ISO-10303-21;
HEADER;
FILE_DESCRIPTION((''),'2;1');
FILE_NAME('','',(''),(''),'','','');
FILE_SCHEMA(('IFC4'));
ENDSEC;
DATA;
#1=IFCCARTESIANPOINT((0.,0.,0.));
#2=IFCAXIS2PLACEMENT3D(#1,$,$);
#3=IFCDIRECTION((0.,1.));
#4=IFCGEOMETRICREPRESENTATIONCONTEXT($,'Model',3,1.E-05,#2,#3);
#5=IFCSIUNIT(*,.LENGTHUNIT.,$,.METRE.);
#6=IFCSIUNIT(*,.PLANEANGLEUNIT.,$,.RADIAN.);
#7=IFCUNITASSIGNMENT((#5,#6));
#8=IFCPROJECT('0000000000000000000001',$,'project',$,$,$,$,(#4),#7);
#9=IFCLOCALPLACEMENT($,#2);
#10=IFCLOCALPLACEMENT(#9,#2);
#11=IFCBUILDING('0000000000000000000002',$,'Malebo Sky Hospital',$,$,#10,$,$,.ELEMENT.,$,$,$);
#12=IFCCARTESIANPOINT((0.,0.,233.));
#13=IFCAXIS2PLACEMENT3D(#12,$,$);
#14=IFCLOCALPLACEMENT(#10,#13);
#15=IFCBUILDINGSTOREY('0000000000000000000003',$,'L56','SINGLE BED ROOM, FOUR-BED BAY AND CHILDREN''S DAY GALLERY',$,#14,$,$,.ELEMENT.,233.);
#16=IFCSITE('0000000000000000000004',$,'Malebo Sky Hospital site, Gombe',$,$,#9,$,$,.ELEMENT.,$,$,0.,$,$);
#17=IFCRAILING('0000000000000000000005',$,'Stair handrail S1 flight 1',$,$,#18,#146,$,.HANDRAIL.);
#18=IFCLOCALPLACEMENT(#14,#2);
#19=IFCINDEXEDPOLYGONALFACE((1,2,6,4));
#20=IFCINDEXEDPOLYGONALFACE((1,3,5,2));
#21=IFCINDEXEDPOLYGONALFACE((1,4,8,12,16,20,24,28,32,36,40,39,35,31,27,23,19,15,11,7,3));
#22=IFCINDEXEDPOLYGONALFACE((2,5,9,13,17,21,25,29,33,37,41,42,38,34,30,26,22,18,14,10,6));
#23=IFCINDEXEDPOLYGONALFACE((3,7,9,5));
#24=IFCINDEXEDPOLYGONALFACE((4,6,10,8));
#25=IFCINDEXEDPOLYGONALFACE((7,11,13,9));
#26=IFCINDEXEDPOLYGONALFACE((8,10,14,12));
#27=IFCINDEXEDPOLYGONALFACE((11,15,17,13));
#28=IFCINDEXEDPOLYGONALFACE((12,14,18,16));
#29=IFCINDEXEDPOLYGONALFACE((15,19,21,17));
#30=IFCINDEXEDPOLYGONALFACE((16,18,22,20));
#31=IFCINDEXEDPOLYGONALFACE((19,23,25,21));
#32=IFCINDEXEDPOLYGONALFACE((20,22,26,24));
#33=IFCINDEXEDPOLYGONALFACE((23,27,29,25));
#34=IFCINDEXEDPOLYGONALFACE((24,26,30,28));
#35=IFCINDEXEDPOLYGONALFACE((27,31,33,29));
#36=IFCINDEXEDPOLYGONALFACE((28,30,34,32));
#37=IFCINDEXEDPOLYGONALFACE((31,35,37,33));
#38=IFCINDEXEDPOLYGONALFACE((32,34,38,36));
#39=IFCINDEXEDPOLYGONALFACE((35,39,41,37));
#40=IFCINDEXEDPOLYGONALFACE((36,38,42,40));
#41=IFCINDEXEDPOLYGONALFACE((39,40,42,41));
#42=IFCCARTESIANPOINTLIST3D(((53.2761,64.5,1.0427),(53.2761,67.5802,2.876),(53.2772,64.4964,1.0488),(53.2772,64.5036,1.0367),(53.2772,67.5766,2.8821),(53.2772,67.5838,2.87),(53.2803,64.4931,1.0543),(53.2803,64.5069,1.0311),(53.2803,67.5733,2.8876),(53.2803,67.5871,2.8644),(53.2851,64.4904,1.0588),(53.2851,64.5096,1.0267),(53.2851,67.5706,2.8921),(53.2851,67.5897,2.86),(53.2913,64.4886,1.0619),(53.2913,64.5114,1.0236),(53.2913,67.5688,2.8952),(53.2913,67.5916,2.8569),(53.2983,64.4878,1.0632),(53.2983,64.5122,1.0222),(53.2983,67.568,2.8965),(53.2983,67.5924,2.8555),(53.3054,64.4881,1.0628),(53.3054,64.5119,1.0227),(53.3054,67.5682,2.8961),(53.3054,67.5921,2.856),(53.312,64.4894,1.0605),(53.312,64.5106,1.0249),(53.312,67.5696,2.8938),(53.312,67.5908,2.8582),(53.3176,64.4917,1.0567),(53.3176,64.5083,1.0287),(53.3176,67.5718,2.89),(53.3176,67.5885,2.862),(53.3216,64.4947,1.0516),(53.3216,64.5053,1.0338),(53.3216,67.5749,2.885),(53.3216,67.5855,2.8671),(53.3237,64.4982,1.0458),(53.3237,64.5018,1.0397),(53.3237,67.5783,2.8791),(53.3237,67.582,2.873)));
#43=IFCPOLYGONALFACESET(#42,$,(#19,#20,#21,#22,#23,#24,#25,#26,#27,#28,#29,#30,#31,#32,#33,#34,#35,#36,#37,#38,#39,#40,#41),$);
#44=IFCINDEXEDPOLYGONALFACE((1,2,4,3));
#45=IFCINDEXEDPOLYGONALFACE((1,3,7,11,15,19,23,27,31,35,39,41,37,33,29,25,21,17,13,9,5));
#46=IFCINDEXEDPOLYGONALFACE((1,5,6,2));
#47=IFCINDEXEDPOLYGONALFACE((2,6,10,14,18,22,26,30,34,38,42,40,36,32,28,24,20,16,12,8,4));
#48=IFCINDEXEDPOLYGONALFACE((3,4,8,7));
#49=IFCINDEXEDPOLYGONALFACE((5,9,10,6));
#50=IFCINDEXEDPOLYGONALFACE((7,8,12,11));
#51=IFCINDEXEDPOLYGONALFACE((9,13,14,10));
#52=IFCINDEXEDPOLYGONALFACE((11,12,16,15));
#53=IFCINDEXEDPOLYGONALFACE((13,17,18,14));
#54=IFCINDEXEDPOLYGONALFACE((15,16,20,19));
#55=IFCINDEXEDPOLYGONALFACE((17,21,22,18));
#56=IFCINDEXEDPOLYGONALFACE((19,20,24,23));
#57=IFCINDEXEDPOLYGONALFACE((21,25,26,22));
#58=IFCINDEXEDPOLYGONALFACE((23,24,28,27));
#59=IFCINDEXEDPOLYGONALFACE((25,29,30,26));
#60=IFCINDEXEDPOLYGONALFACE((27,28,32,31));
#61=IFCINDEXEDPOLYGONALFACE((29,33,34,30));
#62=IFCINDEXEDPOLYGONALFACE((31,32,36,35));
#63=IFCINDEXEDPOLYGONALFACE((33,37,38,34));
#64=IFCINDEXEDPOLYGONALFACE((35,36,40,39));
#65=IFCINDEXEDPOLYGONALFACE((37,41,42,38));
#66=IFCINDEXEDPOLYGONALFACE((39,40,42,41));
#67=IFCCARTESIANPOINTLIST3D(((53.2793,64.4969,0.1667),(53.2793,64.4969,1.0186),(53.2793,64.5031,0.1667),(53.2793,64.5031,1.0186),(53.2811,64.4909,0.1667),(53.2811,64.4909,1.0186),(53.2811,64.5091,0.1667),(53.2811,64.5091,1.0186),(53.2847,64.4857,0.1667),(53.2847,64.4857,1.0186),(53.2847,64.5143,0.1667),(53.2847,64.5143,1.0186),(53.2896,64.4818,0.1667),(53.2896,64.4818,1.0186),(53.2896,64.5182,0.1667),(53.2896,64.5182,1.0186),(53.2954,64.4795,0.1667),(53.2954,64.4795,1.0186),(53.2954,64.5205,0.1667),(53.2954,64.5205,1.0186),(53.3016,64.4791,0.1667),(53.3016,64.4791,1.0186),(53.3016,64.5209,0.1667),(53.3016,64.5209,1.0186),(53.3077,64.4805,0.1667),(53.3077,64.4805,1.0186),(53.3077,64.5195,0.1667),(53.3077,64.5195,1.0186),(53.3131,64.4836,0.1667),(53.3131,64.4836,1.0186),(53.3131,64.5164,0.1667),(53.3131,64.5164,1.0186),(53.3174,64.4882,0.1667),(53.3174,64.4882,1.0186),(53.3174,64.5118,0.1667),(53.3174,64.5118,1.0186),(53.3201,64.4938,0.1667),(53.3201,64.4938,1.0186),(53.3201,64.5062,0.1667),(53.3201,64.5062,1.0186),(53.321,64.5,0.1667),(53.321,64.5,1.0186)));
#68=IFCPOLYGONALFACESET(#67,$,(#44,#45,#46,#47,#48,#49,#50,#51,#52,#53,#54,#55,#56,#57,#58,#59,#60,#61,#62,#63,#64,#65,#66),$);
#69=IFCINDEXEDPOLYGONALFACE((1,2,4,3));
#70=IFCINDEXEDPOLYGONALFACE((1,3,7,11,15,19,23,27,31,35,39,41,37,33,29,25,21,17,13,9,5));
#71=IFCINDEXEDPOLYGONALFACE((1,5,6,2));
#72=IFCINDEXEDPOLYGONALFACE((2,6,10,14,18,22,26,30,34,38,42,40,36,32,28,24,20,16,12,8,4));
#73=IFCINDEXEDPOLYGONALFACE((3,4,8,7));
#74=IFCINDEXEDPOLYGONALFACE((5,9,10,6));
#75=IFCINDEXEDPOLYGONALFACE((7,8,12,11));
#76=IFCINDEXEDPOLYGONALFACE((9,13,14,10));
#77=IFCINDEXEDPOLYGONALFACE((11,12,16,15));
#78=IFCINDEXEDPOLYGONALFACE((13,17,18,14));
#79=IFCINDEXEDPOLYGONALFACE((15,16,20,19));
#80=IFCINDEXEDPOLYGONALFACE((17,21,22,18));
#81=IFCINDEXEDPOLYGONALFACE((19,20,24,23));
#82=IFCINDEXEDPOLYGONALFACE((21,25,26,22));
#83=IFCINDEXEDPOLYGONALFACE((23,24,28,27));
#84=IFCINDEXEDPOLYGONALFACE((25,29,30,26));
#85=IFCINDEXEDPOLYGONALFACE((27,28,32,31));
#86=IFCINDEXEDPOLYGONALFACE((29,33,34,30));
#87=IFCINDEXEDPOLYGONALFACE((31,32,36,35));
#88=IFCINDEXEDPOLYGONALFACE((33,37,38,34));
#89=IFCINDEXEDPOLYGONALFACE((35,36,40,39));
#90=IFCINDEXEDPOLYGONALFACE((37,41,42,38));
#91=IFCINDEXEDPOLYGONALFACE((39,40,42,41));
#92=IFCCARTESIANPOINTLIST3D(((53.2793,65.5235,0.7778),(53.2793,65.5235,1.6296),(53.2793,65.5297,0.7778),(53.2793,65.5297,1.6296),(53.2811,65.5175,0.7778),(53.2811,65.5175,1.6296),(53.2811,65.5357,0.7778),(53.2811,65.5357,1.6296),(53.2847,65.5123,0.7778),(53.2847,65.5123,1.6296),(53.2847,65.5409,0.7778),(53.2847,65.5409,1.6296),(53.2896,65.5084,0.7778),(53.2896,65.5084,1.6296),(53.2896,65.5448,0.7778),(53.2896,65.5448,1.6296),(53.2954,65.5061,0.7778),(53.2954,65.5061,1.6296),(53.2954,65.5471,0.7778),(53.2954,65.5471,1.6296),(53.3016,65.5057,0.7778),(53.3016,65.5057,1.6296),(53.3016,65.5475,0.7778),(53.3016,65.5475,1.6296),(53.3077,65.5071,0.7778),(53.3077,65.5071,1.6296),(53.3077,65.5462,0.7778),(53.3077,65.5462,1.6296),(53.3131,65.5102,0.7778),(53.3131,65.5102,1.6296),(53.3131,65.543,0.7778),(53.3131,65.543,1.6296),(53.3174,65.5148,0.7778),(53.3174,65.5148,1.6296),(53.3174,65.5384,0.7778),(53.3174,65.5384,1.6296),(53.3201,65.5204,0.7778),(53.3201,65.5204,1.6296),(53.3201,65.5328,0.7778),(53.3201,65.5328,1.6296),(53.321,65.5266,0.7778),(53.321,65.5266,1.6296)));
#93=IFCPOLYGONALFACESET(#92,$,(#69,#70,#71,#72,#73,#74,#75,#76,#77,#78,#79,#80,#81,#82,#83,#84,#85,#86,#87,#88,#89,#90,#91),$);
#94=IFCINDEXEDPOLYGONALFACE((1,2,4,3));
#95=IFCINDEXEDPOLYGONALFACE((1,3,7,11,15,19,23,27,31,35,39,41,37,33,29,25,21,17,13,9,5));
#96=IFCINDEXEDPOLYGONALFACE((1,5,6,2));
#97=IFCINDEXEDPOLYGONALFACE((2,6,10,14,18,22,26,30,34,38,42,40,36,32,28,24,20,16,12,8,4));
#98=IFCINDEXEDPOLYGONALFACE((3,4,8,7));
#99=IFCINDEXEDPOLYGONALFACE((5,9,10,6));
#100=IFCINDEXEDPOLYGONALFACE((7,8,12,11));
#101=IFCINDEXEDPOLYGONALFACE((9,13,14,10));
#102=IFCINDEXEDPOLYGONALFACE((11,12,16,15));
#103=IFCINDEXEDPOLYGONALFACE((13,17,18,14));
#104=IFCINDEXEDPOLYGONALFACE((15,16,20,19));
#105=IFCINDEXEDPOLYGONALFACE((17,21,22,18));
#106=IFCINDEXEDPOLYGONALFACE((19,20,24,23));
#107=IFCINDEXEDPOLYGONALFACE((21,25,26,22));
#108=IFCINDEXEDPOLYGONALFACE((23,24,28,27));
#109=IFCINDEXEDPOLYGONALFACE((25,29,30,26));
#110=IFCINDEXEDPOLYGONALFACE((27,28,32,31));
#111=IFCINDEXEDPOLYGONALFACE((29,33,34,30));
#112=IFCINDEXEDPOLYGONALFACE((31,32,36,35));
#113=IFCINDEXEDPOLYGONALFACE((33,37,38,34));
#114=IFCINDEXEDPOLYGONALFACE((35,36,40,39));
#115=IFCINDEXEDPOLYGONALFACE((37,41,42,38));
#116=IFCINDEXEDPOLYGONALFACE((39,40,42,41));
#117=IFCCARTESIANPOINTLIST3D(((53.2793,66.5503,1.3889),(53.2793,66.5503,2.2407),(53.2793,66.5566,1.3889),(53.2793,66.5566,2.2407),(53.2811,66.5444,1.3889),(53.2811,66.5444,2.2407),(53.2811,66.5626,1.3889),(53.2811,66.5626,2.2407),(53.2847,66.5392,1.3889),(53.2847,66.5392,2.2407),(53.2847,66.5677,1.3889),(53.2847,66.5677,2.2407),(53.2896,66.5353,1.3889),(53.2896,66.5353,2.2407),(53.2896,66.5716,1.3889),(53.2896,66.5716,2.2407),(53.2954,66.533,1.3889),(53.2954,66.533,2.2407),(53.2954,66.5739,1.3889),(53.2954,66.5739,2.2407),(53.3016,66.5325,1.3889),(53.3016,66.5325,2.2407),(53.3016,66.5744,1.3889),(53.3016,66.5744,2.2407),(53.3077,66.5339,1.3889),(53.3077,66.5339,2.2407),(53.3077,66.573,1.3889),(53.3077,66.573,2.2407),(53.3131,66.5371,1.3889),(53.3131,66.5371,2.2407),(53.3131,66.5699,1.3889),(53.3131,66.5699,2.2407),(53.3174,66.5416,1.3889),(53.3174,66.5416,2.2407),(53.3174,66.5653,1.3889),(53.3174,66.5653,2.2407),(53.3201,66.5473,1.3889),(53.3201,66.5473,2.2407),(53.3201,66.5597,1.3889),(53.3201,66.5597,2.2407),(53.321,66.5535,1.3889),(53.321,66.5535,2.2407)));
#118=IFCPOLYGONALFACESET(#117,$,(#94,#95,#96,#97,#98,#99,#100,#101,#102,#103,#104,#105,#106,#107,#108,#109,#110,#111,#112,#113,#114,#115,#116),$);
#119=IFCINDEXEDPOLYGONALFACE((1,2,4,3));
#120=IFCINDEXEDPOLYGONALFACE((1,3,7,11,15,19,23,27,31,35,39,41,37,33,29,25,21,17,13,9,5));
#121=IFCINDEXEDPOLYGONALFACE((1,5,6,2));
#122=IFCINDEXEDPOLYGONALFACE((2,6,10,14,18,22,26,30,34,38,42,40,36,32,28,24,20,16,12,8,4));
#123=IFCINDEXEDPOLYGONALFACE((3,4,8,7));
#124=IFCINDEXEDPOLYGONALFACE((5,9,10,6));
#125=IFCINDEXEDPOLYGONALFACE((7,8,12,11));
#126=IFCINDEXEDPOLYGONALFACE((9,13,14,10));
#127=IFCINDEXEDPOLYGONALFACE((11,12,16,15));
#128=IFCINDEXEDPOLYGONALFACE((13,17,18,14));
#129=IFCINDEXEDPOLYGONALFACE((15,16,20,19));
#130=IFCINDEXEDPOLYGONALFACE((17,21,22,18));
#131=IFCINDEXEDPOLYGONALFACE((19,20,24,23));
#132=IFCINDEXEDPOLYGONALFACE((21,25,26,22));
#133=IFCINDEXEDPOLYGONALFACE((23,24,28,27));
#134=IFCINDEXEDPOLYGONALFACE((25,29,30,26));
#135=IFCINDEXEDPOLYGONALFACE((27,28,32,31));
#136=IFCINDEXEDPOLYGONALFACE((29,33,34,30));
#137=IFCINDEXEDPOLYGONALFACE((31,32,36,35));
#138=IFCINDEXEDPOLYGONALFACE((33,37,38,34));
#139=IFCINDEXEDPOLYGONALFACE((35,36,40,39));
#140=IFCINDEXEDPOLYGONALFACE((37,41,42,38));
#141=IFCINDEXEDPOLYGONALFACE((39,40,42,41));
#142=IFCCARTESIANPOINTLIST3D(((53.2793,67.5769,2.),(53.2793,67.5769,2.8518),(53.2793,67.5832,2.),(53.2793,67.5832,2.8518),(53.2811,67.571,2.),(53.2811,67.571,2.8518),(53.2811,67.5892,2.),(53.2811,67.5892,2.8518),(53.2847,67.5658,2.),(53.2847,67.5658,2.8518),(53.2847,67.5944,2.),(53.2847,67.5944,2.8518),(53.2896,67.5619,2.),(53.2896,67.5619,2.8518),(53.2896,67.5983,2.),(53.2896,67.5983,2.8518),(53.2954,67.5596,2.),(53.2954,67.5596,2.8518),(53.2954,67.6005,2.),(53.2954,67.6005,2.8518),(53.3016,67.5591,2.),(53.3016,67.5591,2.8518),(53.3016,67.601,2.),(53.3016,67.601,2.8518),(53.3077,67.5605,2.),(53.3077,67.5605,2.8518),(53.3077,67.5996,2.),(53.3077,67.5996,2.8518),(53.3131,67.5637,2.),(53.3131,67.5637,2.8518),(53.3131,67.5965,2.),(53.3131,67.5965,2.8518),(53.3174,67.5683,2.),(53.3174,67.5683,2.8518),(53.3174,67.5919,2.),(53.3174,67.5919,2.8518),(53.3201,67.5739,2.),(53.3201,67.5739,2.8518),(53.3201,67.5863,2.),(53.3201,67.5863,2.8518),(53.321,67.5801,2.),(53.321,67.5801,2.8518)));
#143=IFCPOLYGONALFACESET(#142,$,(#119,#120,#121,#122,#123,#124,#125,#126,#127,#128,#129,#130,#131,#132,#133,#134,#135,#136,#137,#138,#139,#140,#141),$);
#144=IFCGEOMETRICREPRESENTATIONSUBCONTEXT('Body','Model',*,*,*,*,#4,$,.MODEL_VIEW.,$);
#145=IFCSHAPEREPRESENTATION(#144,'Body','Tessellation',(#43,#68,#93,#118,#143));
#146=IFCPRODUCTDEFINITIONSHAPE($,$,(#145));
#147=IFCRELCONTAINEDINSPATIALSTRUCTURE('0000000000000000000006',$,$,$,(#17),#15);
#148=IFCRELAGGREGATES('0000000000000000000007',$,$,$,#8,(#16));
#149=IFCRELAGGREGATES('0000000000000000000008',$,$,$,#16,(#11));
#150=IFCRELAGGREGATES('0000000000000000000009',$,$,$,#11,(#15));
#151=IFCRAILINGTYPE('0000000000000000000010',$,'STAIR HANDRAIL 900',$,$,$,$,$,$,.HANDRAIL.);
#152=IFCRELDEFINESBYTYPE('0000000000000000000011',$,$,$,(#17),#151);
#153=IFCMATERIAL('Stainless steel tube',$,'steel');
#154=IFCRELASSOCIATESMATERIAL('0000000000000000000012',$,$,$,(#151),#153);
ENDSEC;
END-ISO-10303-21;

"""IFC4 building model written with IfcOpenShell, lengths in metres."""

from ifc_helpers import new_model, si_unit, direction, frame, origin, origin_2d, place, context, subcontext, project, spatial, circle, extrude, material, type_object, element, save


model = new_model("IFC4")

# Units and contexts
model_context = context("Model", 3, precision=1e-05, world=origin(), true_north=direction((0.0, 1.0)))
body_context = subcontext(model_context, "Body", "Model", "MODEL_VIEW")
ifc_project = project(units=[si_unit("LENGTHUNIT", "METRE"), si_unit("PLANEANGLEUNIT", "RADIAN")], contexts=[model_context])

# Site, building, storey
site_placement = place(None, origin())
site = spatial("IfcSite", under=ifc_project, at=site_placement, Name="Malebo Sky Hospital site, Gombe", CompositionType="ELEMENT", RefElevation=0.0)
building_placement = place(site_placement, origin())
building = spatial("IfcBuilding", under=site, at=building_placement, Name="Malebo Sky Hospital", CompositionType="ELEMENT")
storey_placement = place(building_placement, frame((0.0, 0.0, 233.0)))
storey = spatial("IfcBuildingStorey", under=building, at=storey_placement, Name="L56", Description="SINGLE BED ROOM, FOUR-BED BAY AND CHILDREN'S DAY GALLERY", CompositionType="ELEMENT", Elevation=233.0)

# Railing
ifc_material_1 = material(Name="Stainless steel tube", Category="steel")
railing_type = type_object("IfcRailingType", Name="STAIR HANDRAIL 900", PredefinedType="HANDRAIL", material=ifc_material_1)
railing_1_placement = place(storey_placement, frame((53.3, 64.5, 0.1667)))
element("IfcRailing", 1, at=railing_1_placement, inside=storey, type_object=railing_type, Name="Stair handrail S1 flight 1", PredefinedType="HANDRAIL", context=body_context, shape_type="SweptSolid", body=[
    extrude(circle(Radius=0.0239, at=origin_2d()), frame((0.0, 0.0, 0.876), z_axis=(0.0, 0.859309, 0.511458), x_axis=(-1.0, 0.0, 0.0)), (0.0, 0.0, 1.0), 3.5845),
    extrude(circle(Radius=0.021, at=origin_2d()), origin(), (0.0, 0.0, 1.0), 0.8518),
    extrude(circle(Radius=0.021, at=origin_2d()), frame((0.0, 1.0266, 0.6111)), (0.0, 0.0, 1.0), 0.8518),
    extrude(circle(Radius=0.021, at=origin_2d()), frame((0.0, 2.0535, 1.2222)), (0.0, 0.0, 1.0), 0.8518),
    extrude(circle(Radius=0.021, at=origin_2d()), frame((0.0, 3.0801, 1.8333)), (0.0, 0.0, 1.0), 0.8518),
])

save(model, "model.ifc")
